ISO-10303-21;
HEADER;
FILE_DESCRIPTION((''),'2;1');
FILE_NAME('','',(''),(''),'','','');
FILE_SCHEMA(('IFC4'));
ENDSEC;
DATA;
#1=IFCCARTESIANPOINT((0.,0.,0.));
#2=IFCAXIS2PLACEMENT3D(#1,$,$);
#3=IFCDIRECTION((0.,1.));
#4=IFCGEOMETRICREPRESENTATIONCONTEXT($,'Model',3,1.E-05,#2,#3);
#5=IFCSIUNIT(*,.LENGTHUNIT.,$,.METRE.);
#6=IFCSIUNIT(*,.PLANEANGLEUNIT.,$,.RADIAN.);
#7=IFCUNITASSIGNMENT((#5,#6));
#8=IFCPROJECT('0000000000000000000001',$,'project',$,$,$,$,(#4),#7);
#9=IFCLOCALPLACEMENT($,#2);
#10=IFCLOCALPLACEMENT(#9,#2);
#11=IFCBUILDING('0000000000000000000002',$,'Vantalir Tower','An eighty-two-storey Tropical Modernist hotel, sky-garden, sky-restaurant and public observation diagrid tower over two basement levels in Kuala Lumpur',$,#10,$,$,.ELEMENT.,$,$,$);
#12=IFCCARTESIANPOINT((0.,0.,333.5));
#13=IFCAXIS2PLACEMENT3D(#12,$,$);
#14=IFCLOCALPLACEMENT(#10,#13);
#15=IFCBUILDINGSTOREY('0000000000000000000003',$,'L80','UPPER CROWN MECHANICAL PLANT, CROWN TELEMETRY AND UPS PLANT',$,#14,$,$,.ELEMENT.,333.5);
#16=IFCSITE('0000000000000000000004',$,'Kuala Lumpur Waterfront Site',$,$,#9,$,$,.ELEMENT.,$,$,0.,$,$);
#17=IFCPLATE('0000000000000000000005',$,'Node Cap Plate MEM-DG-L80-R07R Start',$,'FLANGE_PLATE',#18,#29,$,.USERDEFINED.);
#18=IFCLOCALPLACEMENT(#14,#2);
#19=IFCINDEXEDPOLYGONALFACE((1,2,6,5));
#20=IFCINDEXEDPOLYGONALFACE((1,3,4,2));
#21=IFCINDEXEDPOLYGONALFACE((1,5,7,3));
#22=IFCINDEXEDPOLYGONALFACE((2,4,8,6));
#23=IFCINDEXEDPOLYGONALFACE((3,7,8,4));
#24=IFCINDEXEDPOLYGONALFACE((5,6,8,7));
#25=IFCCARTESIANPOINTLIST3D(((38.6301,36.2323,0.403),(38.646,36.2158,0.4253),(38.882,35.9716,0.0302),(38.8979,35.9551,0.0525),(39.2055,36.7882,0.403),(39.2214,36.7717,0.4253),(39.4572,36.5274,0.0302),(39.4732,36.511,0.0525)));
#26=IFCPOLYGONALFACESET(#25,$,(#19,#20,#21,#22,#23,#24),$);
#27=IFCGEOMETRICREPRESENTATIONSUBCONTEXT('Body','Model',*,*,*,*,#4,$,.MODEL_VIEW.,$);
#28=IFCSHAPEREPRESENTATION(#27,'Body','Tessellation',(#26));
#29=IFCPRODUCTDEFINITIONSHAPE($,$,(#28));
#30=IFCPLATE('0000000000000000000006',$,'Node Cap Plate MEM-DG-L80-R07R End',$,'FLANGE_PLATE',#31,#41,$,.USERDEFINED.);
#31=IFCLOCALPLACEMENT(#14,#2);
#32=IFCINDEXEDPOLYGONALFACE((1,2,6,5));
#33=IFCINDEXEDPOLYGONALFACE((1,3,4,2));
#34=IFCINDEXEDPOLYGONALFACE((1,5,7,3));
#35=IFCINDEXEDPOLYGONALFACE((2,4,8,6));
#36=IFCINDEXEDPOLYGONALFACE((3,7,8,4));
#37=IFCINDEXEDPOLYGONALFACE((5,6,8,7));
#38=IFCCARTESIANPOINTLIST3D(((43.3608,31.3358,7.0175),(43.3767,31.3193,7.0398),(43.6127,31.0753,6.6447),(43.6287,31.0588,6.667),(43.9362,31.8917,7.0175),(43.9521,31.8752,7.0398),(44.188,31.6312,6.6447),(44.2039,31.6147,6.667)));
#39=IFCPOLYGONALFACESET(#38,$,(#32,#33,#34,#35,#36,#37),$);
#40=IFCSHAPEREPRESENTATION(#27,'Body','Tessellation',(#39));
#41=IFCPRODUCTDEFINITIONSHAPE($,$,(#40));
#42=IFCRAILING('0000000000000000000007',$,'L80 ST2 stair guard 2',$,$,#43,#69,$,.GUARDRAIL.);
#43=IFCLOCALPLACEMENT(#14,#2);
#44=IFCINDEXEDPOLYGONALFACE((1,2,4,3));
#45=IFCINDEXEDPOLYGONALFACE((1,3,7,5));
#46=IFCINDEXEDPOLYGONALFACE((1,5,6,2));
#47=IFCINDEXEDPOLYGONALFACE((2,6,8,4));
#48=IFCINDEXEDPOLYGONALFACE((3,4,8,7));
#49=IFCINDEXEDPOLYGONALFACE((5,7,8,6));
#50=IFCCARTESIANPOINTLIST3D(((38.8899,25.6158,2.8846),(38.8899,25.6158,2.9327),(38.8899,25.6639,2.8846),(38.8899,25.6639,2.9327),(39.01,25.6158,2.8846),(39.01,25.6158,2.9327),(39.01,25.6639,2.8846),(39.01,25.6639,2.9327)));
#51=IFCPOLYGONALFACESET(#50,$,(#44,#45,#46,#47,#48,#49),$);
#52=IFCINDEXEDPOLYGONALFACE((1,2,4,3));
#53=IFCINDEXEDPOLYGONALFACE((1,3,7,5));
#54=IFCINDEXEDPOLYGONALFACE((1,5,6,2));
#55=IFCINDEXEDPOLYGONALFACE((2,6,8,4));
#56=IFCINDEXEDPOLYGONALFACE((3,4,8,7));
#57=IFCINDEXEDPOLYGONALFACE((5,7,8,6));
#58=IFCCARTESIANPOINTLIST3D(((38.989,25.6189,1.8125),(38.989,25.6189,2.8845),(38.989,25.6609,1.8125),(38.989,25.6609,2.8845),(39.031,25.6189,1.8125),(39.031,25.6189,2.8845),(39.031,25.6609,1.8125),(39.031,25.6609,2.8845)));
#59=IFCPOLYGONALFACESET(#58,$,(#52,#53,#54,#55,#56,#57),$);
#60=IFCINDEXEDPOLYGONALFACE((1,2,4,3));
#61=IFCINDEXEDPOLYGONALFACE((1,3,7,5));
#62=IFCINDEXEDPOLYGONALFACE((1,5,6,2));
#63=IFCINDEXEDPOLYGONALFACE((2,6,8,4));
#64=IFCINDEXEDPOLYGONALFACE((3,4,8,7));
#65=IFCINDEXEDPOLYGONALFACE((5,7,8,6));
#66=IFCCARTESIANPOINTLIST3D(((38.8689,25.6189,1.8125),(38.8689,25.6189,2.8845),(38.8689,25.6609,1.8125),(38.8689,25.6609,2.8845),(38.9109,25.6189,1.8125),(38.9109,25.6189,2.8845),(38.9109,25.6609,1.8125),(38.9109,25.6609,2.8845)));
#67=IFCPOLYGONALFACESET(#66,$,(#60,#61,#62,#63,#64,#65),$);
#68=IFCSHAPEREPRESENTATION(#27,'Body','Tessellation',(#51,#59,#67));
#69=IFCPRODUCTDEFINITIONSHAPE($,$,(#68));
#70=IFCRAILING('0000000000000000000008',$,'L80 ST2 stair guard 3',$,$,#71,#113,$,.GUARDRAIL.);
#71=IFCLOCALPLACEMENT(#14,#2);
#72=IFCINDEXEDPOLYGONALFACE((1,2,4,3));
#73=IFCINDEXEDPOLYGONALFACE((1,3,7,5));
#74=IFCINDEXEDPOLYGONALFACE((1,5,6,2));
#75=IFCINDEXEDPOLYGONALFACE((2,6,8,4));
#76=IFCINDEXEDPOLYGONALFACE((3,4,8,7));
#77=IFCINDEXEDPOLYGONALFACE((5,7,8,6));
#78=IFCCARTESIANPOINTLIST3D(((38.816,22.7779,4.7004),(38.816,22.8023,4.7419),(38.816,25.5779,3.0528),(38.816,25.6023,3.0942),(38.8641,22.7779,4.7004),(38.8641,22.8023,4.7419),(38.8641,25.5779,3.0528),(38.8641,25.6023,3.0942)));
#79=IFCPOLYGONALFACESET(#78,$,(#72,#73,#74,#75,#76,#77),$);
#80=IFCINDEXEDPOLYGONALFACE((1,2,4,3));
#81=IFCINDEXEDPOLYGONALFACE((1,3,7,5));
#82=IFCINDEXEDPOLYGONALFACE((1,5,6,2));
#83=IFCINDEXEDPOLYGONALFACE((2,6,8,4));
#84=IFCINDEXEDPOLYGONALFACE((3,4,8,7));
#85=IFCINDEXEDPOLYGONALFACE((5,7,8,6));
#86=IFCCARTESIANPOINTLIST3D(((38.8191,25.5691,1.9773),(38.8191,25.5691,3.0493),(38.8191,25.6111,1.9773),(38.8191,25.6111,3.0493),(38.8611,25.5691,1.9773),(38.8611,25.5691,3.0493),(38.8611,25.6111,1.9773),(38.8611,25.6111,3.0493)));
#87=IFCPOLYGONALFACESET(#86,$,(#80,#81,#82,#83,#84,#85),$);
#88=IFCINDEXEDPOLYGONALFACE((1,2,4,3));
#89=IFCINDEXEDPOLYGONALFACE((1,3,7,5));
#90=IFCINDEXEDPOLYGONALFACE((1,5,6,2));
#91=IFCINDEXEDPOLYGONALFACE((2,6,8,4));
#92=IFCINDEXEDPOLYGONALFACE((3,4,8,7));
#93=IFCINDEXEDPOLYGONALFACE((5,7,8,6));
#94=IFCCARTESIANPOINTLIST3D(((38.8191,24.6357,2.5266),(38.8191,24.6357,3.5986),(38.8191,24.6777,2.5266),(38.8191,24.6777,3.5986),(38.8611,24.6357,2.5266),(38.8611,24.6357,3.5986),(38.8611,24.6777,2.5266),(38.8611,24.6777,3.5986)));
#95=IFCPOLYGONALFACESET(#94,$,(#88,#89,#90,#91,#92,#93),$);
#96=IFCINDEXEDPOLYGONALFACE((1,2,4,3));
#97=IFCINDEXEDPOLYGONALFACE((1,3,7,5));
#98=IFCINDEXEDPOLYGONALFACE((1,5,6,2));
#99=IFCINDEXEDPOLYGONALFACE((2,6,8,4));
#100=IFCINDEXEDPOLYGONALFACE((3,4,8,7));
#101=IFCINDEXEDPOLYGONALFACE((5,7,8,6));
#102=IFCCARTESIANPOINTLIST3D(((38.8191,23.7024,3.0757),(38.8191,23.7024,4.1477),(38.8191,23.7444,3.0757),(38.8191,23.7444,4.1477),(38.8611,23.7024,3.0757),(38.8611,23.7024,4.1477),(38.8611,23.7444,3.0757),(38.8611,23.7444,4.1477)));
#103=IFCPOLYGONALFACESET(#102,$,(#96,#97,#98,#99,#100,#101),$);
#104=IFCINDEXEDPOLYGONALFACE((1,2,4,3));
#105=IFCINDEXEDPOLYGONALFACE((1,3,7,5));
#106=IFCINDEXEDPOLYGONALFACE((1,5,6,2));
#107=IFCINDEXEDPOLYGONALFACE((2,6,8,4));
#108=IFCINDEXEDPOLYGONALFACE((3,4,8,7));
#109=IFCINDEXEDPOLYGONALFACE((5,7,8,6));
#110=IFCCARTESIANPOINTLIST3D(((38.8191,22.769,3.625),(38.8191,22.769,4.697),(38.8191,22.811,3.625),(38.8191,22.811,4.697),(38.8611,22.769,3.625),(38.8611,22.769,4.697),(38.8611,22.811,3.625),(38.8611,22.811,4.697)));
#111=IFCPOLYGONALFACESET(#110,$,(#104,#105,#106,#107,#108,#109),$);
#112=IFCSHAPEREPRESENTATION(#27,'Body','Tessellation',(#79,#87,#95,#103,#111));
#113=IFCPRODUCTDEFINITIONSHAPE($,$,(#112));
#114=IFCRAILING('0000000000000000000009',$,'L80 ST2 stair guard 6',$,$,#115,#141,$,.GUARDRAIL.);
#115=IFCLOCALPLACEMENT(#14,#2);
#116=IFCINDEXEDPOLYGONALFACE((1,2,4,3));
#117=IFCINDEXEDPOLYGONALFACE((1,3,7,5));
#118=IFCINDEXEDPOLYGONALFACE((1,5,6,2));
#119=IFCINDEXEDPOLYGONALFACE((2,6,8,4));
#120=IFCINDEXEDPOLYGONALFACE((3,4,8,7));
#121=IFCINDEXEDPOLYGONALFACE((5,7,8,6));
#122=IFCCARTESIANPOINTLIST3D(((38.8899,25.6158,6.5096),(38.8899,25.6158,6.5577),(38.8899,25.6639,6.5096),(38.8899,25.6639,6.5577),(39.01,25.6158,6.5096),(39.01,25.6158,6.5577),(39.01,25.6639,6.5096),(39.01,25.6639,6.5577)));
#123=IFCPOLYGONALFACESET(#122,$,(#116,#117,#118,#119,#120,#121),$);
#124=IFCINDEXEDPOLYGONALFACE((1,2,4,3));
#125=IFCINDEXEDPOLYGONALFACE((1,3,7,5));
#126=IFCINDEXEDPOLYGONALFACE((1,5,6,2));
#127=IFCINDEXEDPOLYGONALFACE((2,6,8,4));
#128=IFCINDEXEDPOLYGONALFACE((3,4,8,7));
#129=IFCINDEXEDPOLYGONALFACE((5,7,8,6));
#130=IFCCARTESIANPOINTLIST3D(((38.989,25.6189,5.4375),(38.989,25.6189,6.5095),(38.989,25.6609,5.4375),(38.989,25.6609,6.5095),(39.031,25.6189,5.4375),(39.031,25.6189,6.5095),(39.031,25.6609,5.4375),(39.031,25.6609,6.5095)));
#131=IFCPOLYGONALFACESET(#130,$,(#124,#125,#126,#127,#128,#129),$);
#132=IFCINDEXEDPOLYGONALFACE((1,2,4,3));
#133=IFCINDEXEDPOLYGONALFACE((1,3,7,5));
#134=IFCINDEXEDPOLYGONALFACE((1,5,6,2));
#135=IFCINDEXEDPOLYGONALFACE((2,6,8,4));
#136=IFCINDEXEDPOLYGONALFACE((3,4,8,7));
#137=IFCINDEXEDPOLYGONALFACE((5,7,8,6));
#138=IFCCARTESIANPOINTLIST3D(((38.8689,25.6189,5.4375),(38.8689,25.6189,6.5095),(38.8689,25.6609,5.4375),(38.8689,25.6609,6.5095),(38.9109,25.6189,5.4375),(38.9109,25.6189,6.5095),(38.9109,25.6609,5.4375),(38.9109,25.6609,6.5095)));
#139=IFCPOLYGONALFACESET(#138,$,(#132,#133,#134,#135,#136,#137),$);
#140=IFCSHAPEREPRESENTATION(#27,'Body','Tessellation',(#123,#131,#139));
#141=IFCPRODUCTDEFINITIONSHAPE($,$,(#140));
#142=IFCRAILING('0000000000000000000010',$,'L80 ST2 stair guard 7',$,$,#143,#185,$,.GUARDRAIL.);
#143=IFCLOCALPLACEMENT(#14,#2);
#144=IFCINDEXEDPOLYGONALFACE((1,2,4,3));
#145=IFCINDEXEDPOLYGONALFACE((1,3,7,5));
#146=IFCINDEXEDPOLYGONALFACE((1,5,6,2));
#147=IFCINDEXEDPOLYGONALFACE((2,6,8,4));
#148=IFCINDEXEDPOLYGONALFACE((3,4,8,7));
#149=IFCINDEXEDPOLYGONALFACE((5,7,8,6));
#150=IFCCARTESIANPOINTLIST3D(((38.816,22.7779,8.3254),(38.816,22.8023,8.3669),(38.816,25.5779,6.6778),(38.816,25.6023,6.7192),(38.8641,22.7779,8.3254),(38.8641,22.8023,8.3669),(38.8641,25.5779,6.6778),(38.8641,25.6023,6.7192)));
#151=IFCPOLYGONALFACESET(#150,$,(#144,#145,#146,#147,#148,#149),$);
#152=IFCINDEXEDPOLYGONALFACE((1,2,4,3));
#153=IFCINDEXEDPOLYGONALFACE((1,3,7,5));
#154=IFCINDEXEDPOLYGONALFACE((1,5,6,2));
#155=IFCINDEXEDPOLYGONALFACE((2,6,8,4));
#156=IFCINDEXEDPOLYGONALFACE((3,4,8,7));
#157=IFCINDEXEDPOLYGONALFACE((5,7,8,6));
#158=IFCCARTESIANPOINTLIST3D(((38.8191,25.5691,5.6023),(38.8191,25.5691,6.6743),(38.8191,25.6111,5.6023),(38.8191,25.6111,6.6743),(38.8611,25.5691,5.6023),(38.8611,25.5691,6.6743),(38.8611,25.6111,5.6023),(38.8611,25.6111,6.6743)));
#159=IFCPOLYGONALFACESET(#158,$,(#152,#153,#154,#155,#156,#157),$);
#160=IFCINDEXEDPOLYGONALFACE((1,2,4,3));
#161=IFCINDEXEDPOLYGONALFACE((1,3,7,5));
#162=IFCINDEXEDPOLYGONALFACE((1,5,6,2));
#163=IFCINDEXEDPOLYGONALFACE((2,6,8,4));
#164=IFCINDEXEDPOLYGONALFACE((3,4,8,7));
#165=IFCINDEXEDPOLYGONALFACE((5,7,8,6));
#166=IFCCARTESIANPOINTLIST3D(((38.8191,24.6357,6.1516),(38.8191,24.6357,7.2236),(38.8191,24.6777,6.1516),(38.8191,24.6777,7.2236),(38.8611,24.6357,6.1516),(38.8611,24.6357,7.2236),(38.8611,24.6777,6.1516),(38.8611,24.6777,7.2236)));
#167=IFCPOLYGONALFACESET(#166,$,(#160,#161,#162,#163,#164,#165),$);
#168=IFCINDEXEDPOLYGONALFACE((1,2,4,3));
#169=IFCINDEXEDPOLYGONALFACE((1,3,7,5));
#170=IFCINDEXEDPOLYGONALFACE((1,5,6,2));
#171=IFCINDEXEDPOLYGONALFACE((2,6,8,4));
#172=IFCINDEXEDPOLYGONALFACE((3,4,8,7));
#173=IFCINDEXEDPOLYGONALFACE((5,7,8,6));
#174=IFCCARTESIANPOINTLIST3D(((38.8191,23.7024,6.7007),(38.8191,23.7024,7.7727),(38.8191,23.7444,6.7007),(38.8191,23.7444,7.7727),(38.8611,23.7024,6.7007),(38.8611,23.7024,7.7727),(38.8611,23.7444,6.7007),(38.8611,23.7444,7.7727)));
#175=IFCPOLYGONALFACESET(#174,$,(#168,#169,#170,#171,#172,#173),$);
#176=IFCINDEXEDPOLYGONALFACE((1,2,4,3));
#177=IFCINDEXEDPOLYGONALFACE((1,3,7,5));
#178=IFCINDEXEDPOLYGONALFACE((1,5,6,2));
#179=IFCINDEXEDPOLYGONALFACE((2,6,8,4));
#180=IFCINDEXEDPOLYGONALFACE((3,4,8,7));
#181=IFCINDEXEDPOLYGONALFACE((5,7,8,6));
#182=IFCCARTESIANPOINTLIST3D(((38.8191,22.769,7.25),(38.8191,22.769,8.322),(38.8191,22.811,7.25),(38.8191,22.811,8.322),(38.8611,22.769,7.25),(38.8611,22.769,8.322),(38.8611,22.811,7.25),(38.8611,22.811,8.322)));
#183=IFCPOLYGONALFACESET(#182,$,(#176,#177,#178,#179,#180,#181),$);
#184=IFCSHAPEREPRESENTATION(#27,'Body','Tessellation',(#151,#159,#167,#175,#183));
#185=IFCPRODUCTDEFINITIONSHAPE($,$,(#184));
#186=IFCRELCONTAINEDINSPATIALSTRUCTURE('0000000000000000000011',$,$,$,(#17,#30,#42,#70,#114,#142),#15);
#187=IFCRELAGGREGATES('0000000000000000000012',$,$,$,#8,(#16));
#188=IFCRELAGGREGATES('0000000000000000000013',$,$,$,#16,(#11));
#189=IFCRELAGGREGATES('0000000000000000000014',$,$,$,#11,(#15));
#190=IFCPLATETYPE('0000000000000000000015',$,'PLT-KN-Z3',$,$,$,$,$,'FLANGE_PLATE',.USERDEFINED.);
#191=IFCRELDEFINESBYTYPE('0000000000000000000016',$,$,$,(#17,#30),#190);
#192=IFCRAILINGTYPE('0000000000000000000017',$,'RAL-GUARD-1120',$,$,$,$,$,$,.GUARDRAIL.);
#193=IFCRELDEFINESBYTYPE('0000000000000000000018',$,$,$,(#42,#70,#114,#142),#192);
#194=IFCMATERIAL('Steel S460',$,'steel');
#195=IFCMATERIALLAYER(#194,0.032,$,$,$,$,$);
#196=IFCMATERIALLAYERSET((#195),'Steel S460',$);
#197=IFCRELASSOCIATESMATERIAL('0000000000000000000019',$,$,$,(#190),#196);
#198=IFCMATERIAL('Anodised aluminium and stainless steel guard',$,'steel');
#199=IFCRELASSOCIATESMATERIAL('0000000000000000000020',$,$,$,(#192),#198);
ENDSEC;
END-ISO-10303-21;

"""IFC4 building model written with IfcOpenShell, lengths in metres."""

from ifc_helpers import new_model, si_unit, direction, frame, origin, origin_2d, place, context, subcontext, project, spatial, polyline, rectangle, outline, extrude, material, layer, layer_set, type_object, element, save


model = new_model("IFC4")

# Units and contexts
model_context = context("Model", 3, precision=1e-05, world=origin(), true_north=direction((0.0, 1.0)))
body_context = subcontext(model_context, "Body", "Model", "MODEL_VIEW")
ifc_project = project(units=[si_unit("LENGTHUNIT", "METRE"), si_unit("PLANEANGLEUNIT", "RADIAN")], contexts=[model_context])

# Site, building, storey
site_placement = place(None, origin())
site = spatial("IfcSite", under=ifc_project, at=site_placement, Name="Kuala Lumpur Waterfront Site", CompositionType="ELEMENT", RefElevation=0.0)
building_placement = place(site_placement, origin())
building = spatial("IfcBuilding", under=site, at=building_placement, Name="Vantalir Tower", Description="An eighty-two-storey Tropical Modernist hotel, sky-garden, sky-restaurant and public observation diagrid tower over two basement levels in Kuala Lumpur", CompositionType="ELEMENT")
storey_placement = place(building_placement, frame((0.0, 0.0, 333.5)))
storey = spatial("IfcBuildingStorey", under=building, at=storey_placement, Name="L80", Description="UPPER CROWN MECHANICAL PLANT, CROWN TELEMETRY AND UPS PLANT", CompositionType="ELEMENT", Elevation=333.5)

# Shared definitions
ifc_material_1 = material(Name="Steel S460", Category="steel")

# Plates
ifc_layer_1 = layer(ifc_material_1, 0.032)
ifc_layer_set_1 = layer_set([ifc_layer_1], Name="Steel S460")
plate_type_1 = type_object("IfcPlateType", Name="PLT-KN-Z3", ElementType="FLANGE_PLATE", PredefinedType="USERDEFINED", material=ifc_layer_set_1)
plate_1_placement = place(storey_placement, frame((38.8979, 35.9551, 0.0525), z_axis=(0.498185, -0.515579, 0.697129), x_axis=(0.719097, 0.694909, 0.000053)))
element("IfcPlate", 1, at=plate_1_placement, inside=storey, type_object=plate_type_1, Name="Node Cap Plate MEM-DG-L80-R07R Start", ObjectType="FLANGE_PLATE", PredefinedType="USERDEFINED", context=body_context, shape_type="SweptSolid", body=[
    extrude(outline(polyline([(0.0, 0.0), (0.7999, 0.0), (0.8001, 0.5199), (0.0, 0.52), (0.0, 0.0)])), origin(), (0.0, 0.0, -1.0), 0.032),
])
plate_2_placement = place(storey_placement, frame((43.6287, 31.0588, 6.667), z_axis=(0.498303, -0.515701, 0.696956), x_axis=(0.719097, 0.694909, 0.000053)))
element("IfcPlate", 2, at=plate_2_placement, inside=storey, type_object=plate_type_1, Name="Node Cap Plate MEM-DG-L80-R07R End", ObjectType="FLANGE_PLATE", PredefinedType="USERDEFINED", context=body_context, shape_type="SweptSolid", body=[
    extrude(outline(polyline([(0.0, 0.0), (0.7999, 0.0), (0.8, 0.5198), (-0.0001, 0.5199), (0.0, 0.0)])), origin(), (0.0, 0.0, -1.0), 0.032),
])

# Railings
ifc_material_2 = material(Name="Anodised aluminium and stainless steel guard", Category="steel")
railing_type = type_object("IfcRailingType", Name="RAL-GUARD-1120", PredefinedType="GUARDRAIL", material=ifc_material_2)
railing_1_placement = place(storey_placement, frame((39.01, 25.6399, 1.8125)))
element("IfcRailing", 3, at=railing_1_placement, inside=storey, type_object=railing_type, Name="L80 ST2 stair guard 2", PredefinedType="GUARDRAIL", context=body_context, shape_type="SweptSolid", body=[
    extrude(rectangle(XDim=0.0481, YDim=0.0481, at=origin_2d()), frame((0.0, 0.0, 1.0962), z_axis=(-1.0, 0.0, 0.0), x_axis=(0.0, -1.0, 0.0)), (0.0, 0.0, 1.0), 0.1201),
    extrude(rectangle(XDim=0.042, YDim=0.042, at=origin_2d()), origin(), (0.0, 0.0, 1.0), 1.072),
    extrude(rectangle(XDim=0.042, YDim=0.042, at=origin_2d()), frame((-0.1201, 0.0, 0.0)), (0.0, 0.0, 1.0), 1.072),
])
railing_2_placement = place(storey_placement, frame((38.8401, 25.5901, 1.9773)))
element("IfcRailing", 4, at=railing_2_placement, inside=storey, type_object=railing_type, Name="L80 ST2 stair guard 3", PredefinedType="GUARDRAIL", context=body_context, shape_type="SweptSolid", body=[
    extrude(rectangle(XDim=0.0481, YDim=0.0481, at=origin_2d()), frame((0.0, 0.0, 1.0962), z_axis=(0.0, -0.861851, 0.507161), x_axis=(1.0, 0.0, 0.0)), (0.0, 0.0, 1.0), 3.2488),
    extrude(rectangle(XDim=0.042, YDim=0.042, at=origin_2d()), origin(), (0.0, 0.0, 1.0), 1.072),
    extrude(rectangle(XDim=0.042, YDim=0.042, at=origin_2d()), frame((0.0, -0.9333, 0.5493)), (0.0, 0.0, 1.0), 1.072),
    extrude(rectangle(XDim=0.042, YDim=0.042, at=origin_2d()), frame((0.0, -1.8667, 1.0984)), (0.0, 0.0, 1.0), 1.072),
    extrude(rectangle(XDim=0.042, YDim=0.042, at=origin_2d()), frame((0.0, -2.8, 1.6477)), (0.0, 0.0, 1.0), 1.072),
])
railing_3_placement = place(storey_placement, frame((39.01, 25.6399, 5.4375)))
element("IfcRailing", 5, at=railing_3_placement, inside=storey, type_object=railing_type, Name="L80 ST2 stair guard 6", PredefinedType="GUARDRAIL", context=body_context, shape_type="SweptSolid", body=[
    extrude(rectangle(XDim=0.0481, YDim=0.0481, at=origin_2d()), frame((0.0, 0.0, 1.0962), z_axis=(-1.0, 0.0, 0.0), x_axis=(0.0, -1.0, 0.0)), (0.0, 0.0, 1.0), 0.1201),
    extrude(rectangle(XDim=0.042, YDim=0.042, at=origin_2d()), origin(), (0.0, 0.0, 1.0), 1.072),
    extrude(rectangle(XDim=0.042, YDim=0.042, at=origin_2d()), frame((-0.1201, 0.0, 0.0)), (0.0, 0.0, 1.0), 1.072),
])
railing_4_placement = place(storey_placement, frame((38.8401, 25.5901, 5.6023)))
element("IfcRailing", 6, at=railing_4_placement, inside=storey, type_object=railing_type, Name="L80 ST2 stair guard 7", PredefinedType="GUARDRAIL", context=body_context, shape_type="SweptSolid", body=[
    extrude(rectangle(XDim=0.0481, YDim=0.0481, at=origin_2d()), frame((0.0, 0.0, 1.0962), z_axis=(0.0, -0.861851, 0.507161), x_axis=(1.0, 0.0, 0.0)), (0.0, 0.0, 1.0), 3.2488),
    extrude(rectangle(XDim=0.042, YDim=0.042, at=origin_2d()), origin(), (0.0, 0.0, 1.0), 1.072),
    extrude(rectangle(XDim=0.042, YDim=0.042, at=origin_2d()), frame((0.0, -0.9333, 0.5493)), (0.0, 0.0, 1.0), 1.072),
    extrude(rectangle(XDim=0.042, YDim=0.042, at=origin_2d()), frame((0.0, -1.8667, 1.0984)), (0.0, 0.0, 1.0), 1.072),
    extrude(rectangle(XDim=0.042, YDim=0.042, at=origin_2d()), frame((0.0, -2.8, 1.6477)), (0.0, 0.0, 1.0), 1.072),
])

save(model, "model.ifc")
